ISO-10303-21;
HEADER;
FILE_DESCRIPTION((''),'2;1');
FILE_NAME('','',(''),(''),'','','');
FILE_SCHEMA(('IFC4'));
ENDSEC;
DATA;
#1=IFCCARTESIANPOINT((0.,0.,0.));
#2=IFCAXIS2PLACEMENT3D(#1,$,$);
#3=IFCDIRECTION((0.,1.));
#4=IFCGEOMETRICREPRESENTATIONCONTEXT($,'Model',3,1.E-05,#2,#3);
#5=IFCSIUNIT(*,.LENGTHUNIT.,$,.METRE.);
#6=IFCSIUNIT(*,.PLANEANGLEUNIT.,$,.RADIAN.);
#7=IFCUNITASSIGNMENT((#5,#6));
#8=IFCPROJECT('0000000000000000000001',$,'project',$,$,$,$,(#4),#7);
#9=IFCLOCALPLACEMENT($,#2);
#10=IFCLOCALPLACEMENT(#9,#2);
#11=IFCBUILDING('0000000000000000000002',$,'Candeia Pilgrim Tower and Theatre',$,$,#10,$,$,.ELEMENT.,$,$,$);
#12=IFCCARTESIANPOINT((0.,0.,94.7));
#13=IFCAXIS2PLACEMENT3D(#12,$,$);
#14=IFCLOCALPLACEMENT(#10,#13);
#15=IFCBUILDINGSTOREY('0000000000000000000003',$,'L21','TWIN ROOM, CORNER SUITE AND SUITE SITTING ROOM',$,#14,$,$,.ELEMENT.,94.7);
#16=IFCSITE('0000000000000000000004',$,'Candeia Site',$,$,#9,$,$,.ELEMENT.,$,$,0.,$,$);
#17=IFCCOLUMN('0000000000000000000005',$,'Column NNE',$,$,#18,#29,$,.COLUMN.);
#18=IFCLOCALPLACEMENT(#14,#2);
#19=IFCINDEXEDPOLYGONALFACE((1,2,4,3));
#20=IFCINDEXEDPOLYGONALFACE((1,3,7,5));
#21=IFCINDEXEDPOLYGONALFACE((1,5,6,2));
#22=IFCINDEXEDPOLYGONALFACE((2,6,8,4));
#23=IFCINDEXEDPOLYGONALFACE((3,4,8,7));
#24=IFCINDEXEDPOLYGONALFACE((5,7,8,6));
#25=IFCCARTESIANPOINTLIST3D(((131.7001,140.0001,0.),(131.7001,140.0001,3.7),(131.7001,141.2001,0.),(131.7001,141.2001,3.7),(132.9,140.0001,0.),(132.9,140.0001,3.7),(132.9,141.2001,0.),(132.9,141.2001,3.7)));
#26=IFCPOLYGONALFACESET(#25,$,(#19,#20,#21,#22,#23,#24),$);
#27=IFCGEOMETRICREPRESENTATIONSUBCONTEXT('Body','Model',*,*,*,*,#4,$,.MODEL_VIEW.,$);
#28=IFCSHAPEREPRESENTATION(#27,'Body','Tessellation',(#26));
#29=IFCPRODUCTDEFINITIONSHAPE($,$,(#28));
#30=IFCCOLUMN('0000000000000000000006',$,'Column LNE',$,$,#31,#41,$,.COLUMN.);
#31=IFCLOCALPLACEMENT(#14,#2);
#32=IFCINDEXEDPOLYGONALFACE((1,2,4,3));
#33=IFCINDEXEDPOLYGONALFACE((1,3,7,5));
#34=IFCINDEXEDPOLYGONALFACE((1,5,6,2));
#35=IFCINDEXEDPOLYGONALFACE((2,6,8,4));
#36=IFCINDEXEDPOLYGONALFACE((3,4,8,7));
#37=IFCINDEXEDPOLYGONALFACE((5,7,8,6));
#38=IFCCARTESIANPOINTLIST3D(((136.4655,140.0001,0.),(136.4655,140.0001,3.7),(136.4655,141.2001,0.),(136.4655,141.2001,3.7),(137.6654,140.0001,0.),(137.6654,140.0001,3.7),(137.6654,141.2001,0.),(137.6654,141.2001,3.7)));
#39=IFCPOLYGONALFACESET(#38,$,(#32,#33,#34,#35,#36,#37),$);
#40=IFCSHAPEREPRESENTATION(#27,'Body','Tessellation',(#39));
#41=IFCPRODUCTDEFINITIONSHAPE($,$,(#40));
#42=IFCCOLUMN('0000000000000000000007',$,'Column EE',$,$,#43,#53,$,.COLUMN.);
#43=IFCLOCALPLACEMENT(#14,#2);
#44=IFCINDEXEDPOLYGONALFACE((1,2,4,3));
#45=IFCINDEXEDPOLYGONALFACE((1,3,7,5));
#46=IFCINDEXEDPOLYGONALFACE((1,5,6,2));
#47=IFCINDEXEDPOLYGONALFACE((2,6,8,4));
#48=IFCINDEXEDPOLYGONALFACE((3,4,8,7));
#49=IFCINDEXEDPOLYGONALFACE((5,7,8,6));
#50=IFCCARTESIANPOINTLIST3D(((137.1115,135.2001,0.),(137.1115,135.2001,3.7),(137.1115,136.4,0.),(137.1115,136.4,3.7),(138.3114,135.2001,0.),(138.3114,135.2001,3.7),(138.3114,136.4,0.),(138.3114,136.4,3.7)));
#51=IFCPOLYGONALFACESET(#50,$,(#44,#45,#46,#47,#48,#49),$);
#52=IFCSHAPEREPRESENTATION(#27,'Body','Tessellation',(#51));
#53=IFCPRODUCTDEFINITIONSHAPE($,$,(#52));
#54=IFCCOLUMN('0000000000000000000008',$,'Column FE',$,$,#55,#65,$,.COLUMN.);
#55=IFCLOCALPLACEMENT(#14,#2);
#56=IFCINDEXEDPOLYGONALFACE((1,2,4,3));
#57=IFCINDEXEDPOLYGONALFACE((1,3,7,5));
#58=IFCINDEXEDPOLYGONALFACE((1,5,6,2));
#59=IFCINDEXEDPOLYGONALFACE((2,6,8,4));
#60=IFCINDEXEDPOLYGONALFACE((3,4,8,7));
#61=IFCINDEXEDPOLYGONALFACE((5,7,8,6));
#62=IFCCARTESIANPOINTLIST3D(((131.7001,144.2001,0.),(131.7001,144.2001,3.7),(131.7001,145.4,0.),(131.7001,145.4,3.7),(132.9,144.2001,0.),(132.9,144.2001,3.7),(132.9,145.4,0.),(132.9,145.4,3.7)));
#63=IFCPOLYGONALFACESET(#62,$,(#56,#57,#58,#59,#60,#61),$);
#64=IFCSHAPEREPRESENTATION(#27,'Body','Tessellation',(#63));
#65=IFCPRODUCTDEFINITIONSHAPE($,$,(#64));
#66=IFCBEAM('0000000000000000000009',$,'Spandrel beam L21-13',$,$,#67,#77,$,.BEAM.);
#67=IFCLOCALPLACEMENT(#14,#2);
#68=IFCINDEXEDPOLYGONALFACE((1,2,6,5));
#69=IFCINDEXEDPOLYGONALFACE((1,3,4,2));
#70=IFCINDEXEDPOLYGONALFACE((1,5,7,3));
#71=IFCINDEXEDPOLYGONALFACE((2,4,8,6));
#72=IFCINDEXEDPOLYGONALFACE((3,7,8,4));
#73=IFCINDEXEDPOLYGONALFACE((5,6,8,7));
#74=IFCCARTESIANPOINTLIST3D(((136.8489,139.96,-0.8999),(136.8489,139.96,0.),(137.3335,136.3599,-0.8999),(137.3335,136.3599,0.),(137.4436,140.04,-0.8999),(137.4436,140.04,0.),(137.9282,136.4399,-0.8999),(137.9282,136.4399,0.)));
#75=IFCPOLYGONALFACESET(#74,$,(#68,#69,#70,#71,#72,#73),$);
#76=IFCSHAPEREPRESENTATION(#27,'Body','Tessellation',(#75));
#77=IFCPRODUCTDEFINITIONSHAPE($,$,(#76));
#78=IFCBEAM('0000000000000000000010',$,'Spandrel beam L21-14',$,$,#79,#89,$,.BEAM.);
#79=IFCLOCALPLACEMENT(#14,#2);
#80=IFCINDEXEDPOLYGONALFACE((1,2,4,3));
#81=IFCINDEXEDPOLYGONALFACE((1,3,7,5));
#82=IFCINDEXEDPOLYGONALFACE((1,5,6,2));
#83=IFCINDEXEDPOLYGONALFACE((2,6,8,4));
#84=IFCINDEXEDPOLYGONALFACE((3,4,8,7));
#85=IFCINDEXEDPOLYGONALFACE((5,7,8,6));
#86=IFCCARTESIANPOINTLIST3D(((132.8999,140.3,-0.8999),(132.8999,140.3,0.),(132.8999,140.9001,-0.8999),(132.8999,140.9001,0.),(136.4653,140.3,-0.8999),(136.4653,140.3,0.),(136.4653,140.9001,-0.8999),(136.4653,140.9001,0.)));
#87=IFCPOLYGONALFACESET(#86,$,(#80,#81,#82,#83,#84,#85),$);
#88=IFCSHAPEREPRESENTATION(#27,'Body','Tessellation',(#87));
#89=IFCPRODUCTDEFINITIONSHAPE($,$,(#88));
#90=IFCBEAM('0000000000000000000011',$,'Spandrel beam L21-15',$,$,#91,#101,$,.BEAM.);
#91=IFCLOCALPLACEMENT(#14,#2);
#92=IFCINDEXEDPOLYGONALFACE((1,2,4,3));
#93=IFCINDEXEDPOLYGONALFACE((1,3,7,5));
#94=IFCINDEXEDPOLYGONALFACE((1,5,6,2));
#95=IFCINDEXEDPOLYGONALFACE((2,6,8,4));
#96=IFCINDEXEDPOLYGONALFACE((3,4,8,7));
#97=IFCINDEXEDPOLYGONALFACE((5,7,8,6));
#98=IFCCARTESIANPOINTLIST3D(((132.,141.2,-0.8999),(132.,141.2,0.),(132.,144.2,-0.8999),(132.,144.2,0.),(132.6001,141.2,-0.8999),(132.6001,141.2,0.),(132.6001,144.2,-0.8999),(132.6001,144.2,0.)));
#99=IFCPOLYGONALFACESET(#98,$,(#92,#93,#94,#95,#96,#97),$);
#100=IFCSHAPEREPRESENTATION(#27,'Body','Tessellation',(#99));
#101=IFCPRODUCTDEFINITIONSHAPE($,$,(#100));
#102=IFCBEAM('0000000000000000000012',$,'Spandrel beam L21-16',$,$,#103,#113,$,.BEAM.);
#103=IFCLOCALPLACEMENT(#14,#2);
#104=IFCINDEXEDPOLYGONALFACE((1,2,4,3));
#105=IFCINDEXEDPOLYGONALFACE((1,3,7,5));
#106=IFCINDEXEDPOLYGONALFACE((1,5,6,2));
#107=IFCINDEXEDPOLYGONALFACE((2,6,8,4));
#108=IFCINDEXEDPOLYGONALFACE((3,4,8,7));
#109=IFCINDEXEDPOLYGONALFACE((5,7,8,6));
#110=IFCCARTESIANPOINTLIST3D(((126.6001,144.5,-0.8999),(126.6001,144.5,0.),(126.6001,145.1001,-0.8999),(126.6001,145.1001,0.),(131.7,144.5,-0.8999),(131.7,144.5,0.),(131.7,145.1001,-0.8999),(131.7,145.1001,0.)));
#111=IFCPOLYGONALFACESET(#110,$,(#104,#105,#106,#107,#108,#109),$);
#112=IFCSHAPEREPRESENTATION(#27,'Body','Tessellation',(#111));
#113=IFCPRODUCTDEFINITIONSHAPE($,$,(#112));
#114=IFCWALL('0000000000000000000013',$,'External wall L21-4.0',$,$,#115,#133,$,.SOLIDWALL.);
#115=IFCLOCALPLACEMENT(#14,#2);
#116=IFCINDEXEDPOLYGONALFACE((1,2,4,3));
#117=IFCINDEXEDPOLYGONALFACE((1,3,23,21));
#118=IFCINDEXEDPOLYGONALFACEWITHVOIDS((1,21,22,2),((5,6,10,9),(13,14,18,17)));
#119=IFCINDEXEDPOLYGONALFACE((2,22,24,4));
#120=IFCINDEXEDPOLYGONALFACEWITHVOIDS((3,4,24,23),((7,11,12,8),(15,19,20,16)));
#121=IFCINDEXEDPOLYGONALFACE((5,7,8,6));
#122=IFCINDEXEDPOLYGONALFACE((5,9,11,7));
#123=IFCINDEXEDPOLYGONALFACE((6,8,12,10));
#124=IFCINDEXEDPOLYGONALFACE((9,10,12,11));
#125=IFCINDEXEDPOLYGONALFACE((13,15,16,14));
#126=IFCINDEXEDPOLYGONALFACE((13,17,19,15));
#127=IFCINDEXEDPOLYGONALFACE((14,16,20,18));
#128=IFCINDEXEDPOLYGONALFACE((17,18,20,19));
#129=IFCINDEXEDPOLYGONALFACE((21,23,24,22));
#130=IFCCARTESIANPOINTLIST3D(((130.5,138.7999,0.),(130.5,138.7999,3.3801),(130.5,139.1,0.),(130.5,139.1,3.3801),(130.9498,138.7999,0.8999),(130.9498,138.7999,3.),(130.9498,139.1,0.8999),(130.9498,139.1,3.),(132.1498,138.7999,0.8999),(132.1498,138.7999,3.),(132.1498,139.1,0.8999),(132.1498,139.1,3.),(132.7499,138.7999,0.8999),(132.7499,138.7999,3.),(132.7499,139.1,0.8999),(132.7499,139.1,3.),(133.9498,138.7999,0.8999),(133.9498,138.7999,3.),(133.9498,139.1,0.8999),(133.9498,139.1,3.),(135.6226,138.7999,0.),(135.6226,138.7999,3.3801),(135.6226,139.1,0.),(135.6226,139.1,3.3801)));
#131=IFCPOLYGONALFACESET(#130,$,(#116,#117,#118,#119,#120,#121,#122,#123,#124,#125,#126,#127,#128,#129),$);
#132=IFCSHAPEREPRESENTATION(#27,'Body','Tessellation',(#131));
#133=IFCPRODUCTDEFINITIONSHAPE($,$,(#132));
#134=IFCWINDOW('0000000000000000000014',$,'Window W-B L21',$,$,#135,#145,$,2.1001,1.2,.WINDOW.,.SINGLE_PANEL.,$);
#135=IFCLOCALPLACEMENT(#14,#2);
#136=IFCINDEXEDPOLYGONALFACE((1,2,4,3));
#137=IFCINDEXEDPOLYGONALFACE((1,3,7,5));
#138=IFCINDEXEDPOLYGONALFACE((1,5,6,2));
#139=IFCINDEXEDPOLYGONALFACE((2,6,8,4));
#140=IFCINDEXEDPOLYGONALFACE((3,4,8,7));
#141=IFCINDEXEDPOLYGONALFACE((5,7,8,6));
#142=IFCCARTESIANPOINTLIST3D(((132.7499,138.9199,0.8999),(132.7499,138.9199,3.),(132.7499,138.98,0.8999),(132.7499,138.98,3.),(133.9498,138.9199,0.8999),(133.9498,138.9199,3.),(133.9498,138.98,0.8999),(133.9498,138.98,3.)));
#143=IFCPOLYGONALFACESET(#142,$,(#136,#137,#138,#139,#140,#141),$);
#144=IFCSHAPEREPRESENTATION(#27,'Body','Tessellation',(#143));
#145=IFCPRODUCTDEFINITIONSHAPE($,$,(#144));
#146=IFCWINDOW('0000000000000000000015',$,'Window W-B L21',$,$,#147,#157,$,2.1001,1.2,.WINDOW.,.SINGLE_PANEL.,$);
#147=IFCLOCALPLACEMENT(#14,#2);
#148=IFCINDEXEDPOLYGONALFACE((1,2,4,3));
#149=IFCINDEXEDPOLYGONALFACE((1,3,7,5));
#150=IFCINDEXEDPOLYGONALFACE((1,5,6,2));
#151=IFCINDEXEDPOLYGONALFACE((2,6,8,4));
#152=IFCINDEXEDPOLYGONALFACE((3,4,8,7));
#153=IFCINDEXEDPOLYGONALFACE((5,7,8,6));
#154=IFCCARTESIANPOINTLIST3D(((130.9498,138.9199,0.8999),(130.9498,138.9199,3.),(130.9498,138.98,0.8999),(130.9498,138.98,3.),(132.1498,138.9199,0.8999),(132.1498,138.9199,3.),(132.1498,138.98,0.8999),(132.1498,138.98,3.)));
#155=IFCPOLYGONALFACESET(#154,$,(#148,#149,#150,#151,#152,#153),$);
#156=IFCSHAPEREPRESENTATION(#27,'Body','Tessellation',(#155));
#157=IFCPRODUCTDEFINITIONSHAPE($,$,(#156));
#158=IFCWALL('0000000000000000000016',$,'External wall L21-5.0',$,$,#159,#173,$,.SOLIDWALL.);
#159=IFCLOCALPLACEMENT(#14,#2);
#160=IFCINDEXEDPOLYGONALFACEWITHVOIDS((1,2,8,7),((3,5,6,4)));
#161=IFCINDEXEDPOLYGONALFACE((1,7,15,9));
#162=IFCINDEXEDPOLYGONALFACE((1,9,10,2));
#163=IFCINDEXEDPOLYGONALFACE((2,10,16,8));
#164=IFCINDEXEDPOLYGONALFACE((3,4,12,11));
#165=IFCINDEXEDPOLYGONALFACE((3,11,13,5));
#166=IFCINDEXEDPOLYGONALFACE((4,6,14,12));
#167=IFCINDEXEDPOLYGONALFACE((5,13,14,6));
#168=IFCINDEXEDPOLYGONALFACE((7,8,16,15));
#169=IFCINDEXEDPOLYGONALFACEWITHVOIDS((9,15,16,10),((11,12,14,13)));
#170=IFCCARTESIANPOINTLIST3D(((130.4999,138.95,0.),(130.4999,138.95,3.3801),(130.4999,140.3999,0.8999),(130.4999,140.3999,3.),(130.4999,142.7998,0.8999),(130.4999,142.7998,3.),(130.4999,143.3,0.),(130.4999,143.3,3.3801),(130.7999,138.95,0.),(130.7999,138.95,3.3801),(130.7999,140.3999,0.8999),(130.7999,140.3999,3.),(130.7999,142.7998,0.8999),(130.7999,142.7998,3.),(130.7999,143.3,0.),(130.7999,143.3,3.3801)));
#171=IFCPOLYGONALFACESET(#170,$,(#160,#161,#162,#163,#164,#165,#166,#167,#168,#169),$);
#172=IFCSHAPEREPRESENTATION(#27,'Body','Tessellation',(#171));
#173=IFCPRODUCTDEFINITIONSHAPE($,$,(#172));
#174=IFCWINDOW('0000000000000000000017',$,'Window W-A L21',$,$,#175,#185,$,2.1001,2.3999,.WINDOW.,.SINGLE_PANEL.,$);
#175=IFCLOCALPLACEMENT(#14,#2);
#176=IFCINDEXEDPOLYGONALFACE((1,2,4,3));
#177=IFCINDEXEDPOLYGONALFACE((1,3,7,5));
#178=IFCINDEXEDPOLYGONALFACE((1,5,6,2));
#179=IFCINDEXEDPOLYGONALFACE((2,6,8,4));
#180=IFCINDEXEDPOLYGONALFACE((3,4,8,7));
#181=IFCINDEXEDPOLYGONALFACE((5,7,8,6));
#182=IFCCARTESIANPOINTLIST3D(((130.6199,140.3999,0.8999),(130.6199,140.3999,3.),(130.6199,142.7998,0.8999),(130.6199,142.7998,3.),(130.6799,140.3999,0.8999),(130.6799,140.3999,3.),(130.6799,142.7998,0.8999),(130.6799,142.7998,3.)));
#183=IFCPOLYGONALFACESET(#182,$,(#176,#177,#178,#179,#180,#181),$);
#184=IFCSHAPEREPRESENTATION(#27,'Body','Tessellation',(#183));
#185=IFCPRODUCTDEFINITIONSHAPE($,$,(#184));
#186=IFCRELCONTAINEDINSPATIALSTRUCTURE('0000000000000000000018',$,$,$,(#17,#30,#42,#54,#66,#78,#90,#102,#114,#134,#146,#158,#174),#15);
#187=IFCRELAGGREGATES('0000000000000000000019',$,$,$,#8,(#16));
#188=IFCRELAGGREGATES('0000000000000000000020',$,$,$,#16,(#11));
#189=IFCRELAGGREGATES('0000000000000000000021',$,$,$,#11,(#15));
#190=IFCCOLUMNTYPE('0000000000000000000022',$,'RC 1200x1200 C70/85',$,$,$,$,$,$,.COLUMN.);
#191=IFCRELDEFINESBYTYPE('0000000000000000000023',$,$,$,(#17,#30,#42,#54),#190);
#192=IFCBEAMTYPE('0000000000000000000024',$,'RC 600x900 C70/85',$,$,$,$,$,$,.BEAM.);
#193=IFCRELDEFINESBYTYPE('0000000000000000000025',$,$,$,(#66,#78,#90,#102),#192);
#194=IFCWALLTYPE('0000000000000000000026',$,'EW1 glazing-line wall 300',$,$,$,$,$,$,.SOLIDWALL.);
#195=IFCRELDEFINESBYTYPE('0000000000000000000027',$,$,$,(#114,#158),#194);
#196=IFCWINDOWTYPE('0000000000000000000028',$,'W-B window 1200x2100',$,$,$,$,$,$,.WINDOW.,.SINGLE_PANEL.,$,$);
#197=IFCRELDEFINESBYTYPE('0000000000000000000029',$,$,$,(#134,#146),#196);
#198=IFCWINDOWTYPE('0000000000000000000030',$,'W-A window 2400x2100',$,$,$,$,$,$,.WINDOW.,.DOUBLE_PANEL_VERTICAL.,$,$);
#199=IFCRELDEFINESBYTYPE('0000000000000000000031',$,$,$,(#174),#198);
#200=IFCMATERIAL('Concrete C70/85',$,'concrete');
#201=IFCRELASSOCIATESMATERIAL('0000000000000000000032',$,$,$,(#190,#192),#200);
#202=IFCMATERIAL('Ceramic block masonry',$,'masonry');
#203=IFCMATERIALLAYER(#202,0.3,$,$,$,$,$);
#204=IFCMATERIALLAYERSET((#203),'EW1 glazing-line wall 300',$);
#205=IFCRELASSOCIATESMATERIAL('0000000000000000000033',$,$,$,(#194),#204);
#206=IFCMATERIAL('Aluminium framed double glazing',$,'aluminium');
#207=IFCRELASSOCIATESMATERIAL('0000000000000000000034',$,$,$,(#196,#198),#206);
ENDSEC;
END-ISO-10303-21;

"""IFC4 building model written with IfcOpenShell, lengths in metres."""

from ifc_helpers import new_model, si_unit, direction, frame, frame_2d, origin, origin_2d, place, context, subcontext, project, spatial, rectangle, extrude, material, layer, layer_set, material_profile, profile_set, type_object, element, fill, save


model = new_model("IFC4")

# Units and contexts
model_context = context("Model", 3, precision=1e-05, world=origin(), true_north=direction((0.0, 1.0)))
body_context = subcontext(model_context, "Body", "Model", "MODEL_VIEW")
ifc_project = project(units=[si_unit("LENGTHUNIT", "METRE"), si_unit("PLANEANGLEUNIT", "RADIAN")], contexts=[model_context])

# Site, building, storey
site_placement = place(None, origin())
site = spatial("IfcSite", under=ifc_project, at=site_placement, Name="Candeia Site", CompositionType="ELEMENT", RefElevation=0.0)
building_placement = place(site_placement, origin())
building = spatial("IfcBuilding", under=site, at=building_placement, Name="Candeia Pilgrim Tower and Theatre", CompositionType="ELEMENT")
storey_placement = place(building_placement, frame((0.0, 0.0, 94.7)))
storey = spatial("IfcBuildingStorey", under=building, at=storey_placement, Name="L21", Description="TWIN ROOM, CORNER SUITE AND SUITE SITTING ROOM", CompositionType="ELEMENT", Elevation=94.7)

# Columns
ifc_material_1 = material(Name="Concrete C70/85", Category="concrete")
ifc_material_profile_1 = material_profile(ifc_material_1, rectangle(XDim=1.2, YDim=1.2, at=origin_2d()))
ifc_profile_set_1 = profile_set([ifc_material_profile_1], Name="Concrete C70/85")
column_type = type_object("IfcColumnType", Name="RC 1200x1200 C70/85", PredefinedType="COLUMN", material=ifc_profile_set_1)
for number, where, z_axis, x_axis, name in (
    (1, (132.3, 140.6001, 0.0), (0.0, 0.0, 1.0), (1.0, 0.0, 0.0), "Column NNE"),
    (2, (137.0654, 140.6001, 0.0), (0.0, 0.0, 1.0), (1.0, 0.0, 0.0), "Column LNE"),
    (3, (137.7114, 135.8, 0.0), (0.0, 0.0, 1.0), (1.0, 0.0, 0.0), "Column EE"),
    (4, (132.3, 144.8, 0.0), (0.0, 0.0, 1.0), (1.0, 0.0, 0.0), "Column FE"),
):
    element("IfcColumn", number, at=place(storey_placement, frame(where, z_axis=z_axis, x_axis=x_axis)), inside=storey, type_object=column_type, Name=name, PredefinedType="COLUMN", context=body_context, shape_type="SweptSolid", body=[
        extrude(rectangle(XDim=1.2, YDim=1.2, at=origin_2d()), origin(), (0.0, 0.0, 1.0), 3.7),
    ])

# Beams
ifc_material_profile_2 = material_profile(ifc_material_1, rectangle(XDim=0.6001, YDim=0.8999, at=origin_2d()))
ifc_profile_set_2 = profile_set([ifc_material_profile_2], Name="Concrete C70/85")
beam_type = type_object("IfcBeamType", Name="RC 600x900 C70/85", PredefinedType="BEAM", material=ifc_profile_set_2)
beam_1_placement = place(storey_placement, frame((137.6309, 136.3999, -0.45), z_axis=(-0.133409, 0.991061, 0.0), x_axis=(-0.991061, -0.133409, 0.0)))
element("IfcBeam", 5, at=beam_1_placement, inside=storey, type_object=beam_type, Name="Spandrel beam L21-13", PredefinedType="BEAM", context=body_context, shape_type="SweptSolid", body=[
    extrude(rectangle(XDim=0.6001, YDim=0.8999, at=origin_2d()), origin(), (0.0, 0.0, 1.0), 3.6326),
])
beam_2_placement = place(storey_placement, frame((136.4653, 140.6001, -0.45), z_axis=(-1.0, 0.0, 0.0), x_axis=(0.0, -1.0, 0.0)))
element("IfcBeam", 6, at=beam_2_placement, inside=storey, type_object=beam_type, Name="Spandrel beam L21-14", PredefinedType="BEAM", context=body_context, shape_type="SweptSolid", body=[
    extrude(rectangle(XDim=0.6001, YDim=0.8999, at=origin_2d()), origin(), (0.0, 0.0, 1.0), 3.5654),
])
beam_3_placement = place(storey_placement, frame((132.3, 141.2, -0.45), z_axis=(0.0, 1.0, 0.0), x_axis=(-1.0, 0.0, 0.0)))
element("IfcBeam", 7, at=beam_3_placement, inside=storey, type_object=beam_type, Name="Spandrel beam L21-15", PredefinedType="BEAM", context=body_context, shape_type="SweptSolid", body=[
    extrude(rectangle(XDim=0.6001, YDim=0.8999, at=origin_2d()), origin(), (0.0, 0.0, 1.0), 3.0),
])
beam_4_placement = place(storey_placement, frame((131.7, 144.8, -0.45), z_axis=(-1.0, 0.0, 0.0), x_axis=(0.0, -1.0, 0.0)))
element("IfcBeam", 8, at=beam_4_placement, inside=storey, type_object=beam_type, Name="Spandrel beam L21-16", PredefinedType="BEAM", context=body_context, shape_type="SweptSolid", body=[
    extrude(rectangle(XDim=0.6001, YDim=0.8999, at=origin_2d()), origin(), (0.0, 0.0, 1.0), 5.0999),
])

# Wall, openings, windows
ifc_material_2 = material(Name="Ceramic block masonry", Category="masonry")
ifc_layer_1 = layer(ifc_material_2, 0.3)
ifc_layer_set_1 = layer_set([ifc_layer_1], Name="EW1 glazing-line wall 300")
wall_type_1 = type_object("IfcWallType", Name="EW1 glazing-line wall 300", PredefinedType="SOLIDWALL", material=ifc_layer_set_1)
wall_1_placement = place(storey_placement, frame((135.6226, 138.95, 0.0), z_axis=(0.0, 0.0, 1.0), x_axis=(-1.0, 0.0, 0.0)))
wall_1 = element("IfcWall", 9, at=wall_1_placement, inside=storey, type_object=wall_type_1, Name="External wall L21-4.0", PredefinedType="SOLIDWALL", context=body_context, shape_type="SweptSolid", body=[
    extrude(rectangle(XDim=5.1226, YDim=0.3, at=frame_2d((2.5613, 0.0))), origin(), (0.0, 0.0, 1.0), 3.3801),
])
opening_1_placement = place(wall_1_placement, frame((1.6726, 0.0, 0.8999)))
opening_1 = element("IfcOpeningElement", 10, at=opening_1_placement, cuts=wall_1, PredefinedType="OPENING", context=body_context, shape_type="SweptSolid", body=[
    extrude(rectangle(XDim=1.2, YDim=2.1001, at=frame_2d((0.6001, 1.05))), frame((0.0, 0.1602, 0.0), z_axis=(0.0, -1.0, 0.0), x_axis=(1.0, 0.0, 0.0)), (0.0, 0.0, 1.0), 0.3201),
])
opening_2_placement = place(wall_1_placement, frame((3.4727, 0.0, 0.8999)))
opening_2 = element("IfcOpeningElement", 11, at=opening_2_placement, cuts=wall_1, PredefinedType="OPENING", context=body_context, shape_type="SweptSolid", body=[
    extrude(rectangle(XDim=1.2, YDim=2.1001, at=frame_2d((0.6001, 1.05))), frame((0.0, 0.1602, 0.0), z_axis=(0.0, -1.0, 0.0), x_axis=(1.0, 0.0, 0.0)), (0.0, 0.0, 1.0), 0.3201),
])
ifc_material_3 = material(Name="Aluminium framed double glazing", Category="aluminium")
window_type_1 = type_object("IfcWindowType", Name="W-B window 1200x2100", PartitioningType="SINGLE_PANEL", PredefinedType="WINDOW", material=ifc_material_3)
window_1_placement = place(opening_1_placement, origin())
window_1 = element("IfcWindow", 12, at=window_1_placement, inside=storey, type_object=window_type_1, Name="Window W-B L21", OverallHeight=2.1001, OverallWidth=1.2, PartitioningType="SINGLE_PANEL", PredefinedType="WINDOW", context=body_context, shape_type="SweptSolid", body=[
    extrude(rectangle(XDim=1.2, YDim=2.1001, at=frame_2d((0.6001, 1.05))), frame((0.0, 0.03, 0.0), z_axis=(0.0, -1.0, 0.0), x_axis=(1.0, 0.0, 0.0)), (0.0, 0.0, 1.0), 0.0601),
])
fill(opening_1, window_1)
window_2_placement = place(opening_2_placement, origin())
window_2 = element("IfcWindow", 13, at=window_2_placement, inside=storey, type_object=window_type_1, Name="Window W-B L21", OverallHeight=2.1001, OverallWidth=1.2, PartitioningType="SINGLE_PANEL", PredefinedType="WINDOW", context=body_context, shape_type="SweptSolid", body=[
    extrude(rectangle(XDim=1.2, YDim=2.1001, at=frame_2d((0.6001, 1.05))), frame((0.0, 0.03, 0.0), z_axis=(0.0, -1.0, 0.0), x_axis=(1.0, 0.0, 0.0)), (0.0, 0.0, 1.0), 0.0601),
])
fill(opening_2, window_2)

# Wall, opening, window
wall_2_placement = place(storey_placement, frame((130.6499, 138.95, 0.0), z_axis=(0.0, 0.0, 1.0), x_axis=(0.0, 1.0, 0.0)))
wall_2 = element("IfcWall", 14, at=wall_2_placement, inside=storey, type_object=wall_type_1, Name="External wall L21-5.0", PredefinedType="SOLIDWALL", context=body_context, shape_type="SweptSolid", body=[
    extrude(rectangle(XDim=4.3501, YDim=0.3, at=frame_2d((2.175, 0.0))), origin(), (0.0, 0.0, 1.0), 3.3801),
])
opening_3_placement = place(wall_2_placement, frame((1.45, 0.0, 0.8999)))
opening_3 = element("IfcOpeningElement", 15, at=opening_3_placement, cuts=wall_2, PredefinedType="OPENING", context=body_context, shape_type="SweptSolid", body=[
    extrude(rectangle(XDim=2.3999, YDim=2.1001, at=frame_2d((1.2, 1.05))), frame((0.0, 0.1602, 0.0), z_axis=(0.0, -1.0, 0.0), x_axis=(1.0, 0.0, 0.0)), (0.0, 0.0, 1.0), 0.3201),
])
window_type_2 = type_object("IfcWindowType", Name="W-A window 2400x2100", PartitioningType="DOUBLE_PANEL_VERTICAL", PredefinedType="WINDOW", material=ifc_material_3)
window_3_placement = place(opening_3_placement, origin())
window_3 = element("IfcWindow", 16, at=window_3_placement, inside=storey, type_object=window_type_2, Name="Window W-A L21", OverallHeight=2.1001, OverallWidth=2.3999, PartitioningType="SINGLE_PANEL", PredefinedType="WINDOW", context=body_context, shape_type="SweptSolid", body=[
    extrude(rectangle(XDim=2.3999, YDim=2.1001, at=frame_2d((1.2, 1.05))), frame((0.0, 0.03, 0.0), z_axis=(0.0, -1.0, 0.0), x_axis=(1.0, 0.0, 0.0)), (0.0, 0.0, 1.0), 0.0601),
])
fill(opening_3, window_3)

save(model, "model.ifc")
